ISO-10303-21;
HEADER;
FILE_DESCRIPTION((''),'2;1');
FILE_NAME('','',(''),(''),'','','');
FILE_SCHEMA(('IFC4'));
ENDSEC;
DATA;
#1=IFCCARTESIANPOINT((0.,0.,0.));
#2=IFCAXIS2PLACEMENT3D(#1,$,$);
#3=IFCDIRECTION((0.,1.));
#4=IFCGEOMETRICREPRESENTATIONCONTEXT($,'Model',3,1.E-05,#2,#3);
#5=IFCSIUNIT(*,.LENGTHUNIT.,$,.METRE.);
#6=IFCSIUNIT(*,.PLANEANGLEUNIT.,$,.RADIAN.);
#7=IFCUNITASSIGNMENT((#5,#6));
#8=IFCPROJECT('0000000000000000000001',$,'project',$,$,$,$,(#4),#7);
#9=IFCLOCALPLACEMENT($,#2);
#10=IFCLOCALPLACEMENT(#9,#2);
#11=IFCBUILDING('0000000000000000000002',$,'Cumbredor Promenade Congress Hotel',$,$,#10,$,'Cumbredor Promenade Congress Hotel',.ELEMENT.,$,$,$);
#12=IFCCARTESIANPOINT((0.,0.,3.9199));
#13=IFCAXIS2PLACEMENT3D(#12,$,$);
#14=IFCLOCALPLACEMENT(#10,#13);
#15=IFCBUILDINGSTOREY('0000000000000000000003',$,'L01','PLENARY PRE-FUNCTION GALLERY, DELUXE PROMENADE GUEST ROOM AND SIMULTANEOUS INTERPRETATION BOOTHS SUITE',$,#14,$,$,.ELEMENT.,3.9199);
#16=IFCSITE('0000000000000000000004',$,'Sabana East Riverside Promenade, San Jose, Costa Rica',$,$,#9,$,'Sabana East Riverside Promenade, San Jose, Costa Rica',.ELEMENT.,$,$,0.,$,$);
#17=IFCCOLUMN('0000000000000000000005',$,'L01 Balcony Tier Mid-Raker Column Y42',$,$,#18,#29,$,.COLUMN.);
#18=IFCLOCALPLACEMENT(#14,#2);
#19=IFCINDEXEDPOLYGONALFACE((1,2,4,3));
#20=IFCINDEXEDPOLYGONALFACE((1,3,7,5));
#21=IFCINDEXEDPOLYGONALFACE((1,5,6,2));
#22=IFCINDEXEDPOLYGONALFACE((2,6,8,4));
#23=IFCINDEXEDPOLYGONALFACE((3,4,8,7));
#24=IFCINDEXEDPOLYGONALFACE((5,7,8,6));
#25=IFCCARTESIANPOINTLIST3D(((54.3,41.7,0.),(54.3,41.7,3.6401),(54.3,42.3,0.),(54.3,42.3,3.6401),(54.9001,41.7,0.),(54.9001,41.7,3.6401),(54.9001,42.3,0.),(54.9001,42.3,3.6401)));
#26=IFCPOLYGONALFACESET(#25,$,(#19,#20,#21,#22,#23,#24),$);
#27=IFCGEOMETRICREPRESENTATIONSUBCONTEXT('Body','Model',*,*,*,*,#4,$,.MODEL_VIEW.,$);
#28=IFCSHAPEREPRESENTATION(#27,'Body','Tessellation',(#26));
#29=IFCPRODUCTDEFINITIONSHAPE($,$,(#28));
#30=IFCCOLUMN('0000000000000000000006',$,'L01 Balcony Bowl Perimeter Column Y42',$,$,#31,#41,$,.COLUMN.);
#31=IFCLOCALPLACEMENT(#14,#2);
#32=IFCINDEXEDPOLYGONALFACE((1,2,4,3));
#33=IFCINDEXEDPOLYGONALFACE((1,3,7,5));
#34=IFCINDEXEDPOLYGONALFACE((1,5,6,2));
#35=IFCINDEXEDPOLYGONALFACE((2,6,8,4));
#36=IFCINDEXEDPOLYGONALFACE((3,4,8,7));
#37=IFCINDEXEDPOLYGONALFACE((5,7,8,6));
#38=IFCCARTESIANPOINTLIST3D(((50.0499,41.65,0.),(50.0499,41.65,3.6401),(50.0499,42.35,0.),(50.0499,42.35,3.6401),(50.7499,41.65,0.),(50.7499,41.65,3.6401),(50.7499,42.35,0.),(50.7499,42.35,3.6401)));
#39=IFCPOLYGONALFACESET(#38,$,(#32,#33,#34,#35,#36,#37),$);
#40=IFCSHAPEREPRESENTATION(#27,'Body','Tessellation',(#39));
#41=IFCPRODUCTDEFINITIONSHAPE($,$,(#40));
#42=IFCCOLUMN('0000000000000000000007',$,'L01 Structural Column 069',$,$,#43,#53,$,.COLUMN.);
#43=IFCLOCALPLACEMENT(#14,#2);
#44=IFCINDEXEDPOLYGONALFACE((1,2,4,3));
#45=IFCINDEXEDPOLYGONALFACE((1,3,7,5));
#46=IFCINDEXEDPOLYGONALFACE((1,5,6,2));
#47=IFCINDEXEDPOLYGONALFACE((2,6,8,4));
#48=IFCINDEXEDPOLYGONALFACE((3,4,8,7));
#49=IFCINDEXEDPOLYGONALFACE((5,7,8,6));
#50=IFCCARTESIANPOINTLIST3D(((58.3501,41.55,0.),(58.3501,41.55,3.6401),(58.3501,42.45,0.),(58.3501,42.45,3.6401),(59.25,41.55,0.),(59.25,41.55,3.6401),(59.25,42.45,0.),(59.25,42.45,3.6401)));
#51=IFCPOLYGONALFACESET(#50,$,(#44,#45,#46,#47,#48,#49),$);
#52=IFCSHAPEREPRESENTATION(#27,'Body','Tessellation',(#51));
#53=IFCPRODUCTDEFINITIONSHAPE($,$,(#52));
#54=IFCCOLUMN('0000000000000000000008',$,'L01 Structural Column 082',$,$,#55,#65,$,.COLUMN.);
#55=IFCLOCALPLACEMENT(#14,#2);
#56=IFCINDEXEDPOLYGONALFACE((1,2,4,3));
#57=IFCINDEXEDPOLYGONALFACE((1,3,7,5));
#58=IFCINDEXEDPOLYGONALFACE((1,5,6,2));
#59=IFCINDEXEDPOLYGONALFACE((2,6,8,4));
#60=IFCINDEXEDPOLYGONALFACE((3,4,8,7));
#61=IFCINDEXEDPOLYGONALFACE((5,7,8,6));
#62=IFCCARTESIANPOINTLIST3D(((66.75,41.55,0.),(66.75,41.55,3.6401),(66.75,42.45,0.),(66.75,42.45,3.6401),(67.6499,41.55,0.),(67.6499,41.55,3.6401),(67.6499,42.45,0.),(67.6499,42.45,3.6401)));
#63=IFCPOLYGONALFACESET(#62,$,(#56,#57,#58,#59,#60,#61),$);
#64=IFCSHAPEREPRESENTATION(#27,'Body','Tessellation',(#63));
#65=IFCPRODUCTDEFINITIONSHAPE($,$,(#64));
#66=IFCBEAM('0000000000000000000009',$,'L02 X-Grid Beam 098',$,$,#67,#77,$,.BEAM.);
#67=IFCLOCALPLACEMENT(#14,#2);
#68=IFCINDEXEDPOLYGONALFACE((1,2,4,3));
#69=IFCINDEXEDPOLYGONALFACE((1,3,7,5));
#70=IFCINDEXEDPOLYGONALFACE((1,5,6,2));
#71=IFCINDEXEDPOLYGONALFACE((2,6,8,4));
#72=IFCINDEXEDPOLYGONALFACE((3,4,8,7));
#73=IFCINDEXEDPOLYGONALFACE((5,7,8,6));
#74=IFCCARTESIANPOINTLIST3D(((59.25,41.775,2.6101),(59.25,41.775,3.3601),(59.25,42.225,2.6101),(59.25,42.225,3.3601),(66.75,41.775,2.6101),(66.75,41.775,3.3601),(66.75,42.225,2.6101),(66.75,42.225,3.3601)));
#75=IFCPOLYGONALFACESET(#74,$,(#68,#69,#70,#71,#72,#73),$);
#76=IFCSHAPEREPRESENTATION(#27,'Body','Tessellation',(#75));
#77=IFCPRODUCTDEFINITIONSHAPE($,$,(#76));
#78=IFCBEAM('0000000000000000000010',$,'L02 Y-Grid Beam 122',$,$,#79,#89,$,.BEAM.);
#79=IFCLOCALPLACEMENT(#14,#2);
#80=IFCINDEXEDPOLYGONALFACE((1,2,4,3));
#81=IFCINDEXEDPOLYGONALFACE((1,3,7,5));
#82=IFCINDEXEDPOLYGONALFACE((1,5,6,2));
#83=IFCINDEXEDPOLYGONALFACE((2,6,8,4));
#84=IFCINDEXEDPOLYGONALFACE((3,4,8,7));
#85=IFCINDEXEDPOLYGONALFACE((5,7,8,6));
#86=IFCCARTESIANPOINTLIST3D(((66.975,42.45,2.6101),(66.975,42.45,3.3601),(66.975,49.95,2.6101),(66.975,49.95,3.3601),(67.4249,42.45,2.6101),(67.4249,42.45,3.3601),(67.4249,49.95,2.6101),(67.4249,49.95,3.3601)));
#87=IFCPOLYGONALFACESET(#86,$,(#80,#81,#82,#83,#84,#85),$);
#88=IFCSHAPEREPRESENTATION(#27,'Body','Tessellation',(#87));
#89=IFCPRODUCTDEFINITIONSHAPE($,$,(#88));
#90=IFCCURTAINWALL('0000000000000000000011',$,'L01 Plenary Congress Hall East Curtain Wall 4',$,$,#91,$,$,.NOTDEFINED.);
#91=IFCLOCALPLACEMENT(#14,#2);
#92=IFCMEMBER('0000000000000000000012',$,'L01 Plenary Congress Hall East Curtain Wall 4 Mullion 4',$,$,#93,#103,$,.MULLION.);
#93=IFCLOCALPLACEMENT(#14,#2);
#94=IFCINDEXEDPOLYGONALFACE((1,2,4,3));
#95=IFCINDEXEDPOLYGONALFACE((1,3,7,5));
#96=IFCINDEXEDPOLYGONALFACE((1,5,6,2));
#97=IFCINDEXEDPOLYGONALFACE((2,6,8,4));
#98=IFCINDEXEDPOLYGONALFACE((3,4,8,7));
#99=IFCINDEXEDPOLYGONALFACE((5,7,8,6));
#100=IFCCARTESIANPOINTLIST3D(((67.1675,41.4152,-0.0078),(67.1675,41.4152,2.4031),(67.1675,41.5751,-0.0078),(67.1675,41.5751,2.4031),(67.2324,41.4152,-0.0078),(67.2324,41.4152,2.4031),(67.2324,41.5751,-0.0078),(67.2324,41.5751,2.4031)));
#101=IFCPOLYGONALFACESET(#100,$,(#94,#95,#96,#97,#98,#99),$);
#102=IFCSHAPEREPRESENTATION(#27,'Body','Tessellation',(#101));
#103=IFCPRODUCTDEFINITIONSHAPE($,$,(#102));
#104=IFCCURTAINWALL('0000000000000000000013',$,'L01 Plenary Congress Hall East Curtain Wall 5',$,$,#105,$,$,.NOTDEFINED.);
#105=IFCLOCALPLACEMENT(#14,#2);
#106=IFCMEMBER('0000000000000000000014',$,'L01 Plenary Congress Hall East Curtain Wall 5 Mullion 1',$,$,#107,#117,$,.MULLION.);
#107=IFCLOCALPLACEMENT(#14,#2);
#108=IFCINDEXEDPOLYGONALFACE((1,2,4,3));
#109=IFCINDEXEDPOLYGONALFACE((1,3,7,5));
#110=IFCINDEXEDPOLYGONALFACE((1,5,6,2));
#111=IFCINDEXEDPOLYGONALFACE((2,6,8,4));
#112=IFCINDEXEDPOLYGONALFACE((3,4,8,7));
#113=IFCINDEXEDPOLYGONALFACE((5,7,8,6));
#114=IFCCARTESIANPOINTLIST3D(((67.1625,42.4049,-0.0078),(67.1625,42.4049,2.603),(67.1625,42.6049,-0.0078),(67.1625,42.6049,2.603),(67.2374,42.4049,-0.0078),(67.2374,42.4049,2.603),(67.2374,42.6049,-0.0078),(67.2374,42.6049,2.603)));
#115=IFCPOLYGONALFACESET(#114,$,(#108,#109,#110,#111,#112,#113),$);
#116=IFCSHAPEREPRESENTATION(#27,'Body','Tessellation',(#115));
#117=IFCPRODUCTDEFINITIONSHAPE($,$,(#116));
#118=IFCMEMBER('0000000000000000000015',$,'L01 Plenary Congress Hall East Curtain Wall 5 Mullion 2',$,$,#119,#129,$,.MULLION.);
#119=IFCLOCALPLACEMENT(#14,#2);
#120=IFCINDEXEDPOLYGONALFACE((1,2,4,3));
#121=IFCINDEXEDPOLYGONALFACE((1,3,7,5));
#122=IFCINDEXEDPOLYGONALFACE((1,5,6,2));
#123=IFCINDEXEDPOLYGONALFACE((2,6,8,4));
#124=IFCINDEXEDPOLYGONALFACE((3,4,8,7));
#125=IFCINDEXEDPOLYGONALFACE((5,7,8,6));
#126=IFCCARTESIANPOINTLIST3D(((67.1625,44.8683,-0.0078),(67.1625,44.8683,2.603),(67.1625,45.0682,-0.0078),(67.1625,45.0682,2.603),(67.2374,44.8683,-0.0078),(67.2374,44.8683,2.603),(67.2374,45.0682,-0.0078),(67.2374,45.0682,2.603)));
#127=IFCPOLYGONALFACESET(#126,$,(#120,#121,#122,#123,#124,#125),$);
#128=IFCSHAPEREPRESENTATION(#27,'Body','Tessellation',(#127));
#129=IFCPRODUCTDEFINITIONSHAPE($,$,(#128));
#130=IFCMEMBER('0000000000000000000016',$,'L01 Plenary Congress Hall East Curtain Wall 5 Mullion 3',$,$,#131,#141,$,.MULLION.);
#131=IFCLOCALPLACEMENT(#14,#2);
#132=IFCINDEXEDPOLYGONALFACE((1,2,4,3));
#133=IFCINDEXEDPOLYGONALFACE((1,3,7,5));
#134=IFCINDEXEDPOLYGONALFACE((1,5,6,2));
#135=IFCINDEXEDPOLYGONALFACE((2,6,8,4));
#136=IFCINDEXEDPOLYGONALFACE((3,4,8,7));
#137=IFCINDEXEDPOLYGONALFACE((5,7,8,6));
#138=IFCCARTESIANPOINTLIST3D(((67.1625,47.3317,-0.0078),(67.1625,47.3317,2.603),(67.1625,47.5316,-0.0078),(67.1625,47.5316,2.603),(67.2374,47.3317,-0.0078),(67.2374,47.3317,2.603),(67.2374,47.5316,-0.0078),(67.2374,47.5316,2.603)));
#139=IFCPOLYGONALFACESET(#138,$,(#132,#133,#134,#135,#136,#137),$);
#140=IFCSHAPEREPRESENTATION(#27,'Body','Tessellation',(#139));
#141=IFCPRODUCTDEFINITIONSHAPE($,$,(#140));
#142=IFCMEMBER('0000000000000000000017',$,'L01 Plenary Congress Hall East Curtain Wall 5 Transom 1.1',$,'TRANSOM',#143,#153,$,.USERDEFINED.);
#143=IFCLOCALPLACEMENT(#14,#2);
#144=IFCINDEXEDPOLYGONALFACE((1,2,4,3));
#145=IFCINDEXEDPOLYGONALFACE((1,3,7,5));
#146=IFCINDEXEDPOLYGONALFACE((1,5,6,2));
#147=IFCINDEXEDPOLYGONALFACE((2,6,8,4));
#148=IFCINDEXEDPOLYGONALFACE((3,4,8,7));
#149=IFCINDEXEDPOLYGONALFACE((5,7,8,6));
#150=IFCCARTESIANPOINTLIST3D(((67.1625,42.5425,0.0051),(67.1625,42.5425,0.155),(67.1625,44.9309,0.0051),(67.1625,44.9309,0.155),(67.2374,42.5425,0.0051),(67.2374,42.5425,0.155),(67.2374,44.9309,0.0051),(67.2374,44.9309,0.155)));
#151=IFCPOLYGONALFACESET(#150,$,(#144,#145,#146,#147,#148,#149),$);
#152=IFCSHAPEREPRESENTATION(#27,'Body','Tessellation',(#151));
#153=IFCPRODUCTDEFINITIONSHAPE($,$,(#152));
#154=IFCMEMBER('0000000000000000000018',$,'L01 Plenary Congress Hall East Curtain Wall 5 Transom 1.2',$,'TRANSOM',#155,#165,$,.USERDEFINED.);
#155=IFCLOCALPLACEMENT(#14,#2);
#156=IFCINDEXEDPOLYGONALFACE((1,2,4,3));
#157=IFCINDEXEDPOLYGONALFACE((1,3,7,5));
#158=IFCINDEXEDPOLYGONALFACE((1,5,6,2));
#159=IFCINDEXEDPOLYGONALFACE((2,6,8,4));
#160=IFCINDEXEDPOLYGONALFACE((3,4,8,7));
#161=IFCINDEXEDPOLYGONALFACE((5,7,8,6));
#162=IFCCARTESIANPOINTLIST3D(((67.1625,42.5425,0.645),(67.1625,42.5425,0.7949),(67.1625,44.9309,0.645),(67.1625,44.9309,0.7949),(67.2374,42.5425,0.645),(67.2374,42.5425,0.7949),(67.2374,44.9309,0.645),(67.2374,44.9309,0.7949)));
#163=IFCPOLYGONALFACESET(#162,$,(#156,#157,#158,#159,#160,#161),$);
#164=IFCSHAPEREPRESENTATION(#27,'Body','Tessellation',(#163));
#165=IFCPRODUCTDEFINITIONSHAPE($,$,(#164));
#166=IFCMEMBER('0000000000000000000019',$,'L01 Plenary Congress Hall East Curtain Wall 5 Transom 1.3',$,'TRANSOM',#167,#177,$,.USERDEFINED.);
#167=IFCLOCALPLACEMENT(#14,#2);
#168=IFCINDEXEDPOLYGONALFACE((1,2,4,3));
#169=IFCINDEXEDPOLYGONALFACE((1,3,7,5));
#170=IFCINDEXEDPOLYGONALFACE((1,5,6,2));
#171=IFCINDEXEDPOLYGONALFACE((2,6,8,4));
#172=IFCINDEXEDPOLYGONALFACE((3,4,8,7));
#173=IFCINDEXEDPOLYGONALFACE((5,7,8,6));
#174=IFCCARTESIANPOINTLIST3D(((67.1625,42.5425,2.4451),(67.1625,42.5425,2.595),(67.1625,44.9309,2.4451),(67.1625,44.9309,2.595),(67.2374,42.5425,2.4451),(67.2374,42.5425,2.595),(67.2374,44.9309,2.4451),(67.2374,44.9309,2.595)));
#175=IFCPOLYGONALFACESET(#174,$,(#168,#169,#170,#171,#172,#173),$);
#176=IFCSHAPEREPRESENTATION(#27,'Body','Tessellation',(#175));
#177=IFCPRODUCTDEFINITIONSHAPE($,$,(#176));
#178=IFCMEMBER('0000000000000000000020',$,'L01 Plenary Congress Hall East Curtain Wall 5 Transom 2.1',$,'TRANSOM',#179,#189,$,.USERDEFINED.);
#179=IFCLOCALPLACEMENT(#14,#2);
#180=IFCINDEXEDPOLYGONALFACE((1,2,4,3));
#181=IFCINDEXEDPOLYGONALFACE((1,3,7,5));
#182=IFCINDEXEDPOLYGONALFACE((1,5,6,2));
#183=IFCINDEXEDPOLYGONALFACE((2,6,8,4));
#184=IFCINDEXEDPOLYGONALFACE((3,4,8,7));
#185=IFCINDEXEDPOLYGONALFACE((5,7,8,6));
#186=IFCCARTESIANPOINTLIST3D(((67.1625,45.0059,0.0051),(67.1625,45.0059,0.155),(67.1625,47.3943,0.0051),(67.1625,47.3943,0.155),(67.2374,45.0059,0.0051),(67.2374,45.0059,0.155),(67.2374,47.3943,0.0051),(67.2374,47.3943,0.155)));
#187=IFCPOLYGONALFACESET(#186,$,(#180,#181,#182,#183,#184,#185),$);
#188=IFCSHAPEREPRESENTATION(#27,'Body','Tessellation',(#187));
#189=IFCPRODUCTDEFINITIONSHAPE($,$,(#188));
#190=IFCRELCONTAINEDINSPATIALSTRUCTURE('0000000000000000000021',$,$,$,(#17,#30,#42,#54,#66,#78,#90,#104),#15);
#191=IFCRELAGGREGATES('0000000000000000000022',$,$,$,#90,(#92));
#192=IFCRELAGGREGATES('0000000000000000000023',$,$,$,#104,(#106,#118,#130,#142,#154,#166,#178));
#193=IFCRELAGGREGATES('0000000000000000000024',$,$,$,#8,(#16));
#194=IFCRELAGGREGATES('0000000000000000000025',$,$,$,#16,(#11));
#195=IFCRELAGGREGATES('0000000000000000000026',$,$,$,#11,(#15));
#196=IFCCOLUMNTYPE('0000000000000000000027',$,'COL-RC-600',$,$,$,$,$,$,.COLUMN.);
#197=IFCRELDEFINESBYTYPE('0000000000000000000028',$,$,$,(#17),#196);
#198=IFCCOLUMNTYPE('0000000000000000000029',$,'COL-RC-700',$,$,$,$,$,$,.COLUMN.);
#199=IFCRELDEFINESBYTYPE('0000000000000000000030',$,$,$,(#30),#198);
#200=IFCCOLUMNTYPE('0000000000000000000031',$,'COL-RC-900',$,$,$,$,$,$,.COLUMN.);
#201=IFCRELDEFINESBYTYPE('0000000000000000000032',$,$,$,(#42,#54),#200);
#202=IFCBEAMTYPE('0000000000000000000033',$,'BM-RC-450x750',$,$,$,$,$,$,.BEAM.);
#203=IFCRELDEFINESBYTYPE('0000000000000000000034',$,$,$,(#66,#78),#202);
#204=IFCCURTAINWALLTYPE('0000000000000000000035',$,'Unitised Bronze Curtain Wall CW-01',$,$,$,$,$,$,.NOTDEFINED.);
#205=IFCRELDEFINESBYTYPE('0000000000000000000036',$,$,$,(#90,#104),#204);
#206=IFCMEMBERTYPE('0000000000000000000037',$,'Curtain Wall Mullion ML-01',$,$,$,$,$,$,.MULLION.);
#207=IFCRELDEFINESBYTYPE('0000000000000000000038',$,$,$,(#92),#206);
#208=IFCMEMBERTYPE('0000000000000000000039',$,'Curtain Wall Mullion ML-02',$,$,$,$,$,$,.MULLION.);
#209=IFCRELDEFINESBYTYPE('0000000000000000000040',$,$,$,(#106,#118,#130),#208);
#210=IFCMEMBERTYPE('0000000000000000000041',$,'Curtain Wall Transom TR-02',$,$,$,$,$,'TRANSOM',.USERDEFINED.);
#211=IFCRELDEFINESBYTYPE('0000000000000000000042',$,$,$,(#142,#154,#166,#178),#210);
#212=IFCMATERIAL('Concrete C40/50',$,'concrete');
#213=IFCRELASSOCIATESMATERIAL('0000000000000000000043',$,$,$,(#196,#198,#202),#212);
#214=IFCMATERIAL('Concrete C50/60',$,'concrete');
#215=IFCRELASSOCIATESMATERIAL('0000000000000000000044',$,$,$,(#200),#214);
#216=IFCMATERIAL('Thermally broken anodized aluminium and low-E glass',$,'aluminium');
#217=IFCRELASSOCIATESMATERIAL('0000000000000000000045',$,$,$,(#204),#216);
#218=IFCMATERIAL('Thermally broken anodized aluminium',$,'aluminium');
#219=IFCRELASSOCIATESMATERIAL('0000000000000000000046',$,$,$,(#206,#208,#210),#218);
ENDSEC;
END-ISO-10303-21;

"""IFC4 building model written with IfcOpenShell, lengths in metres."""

from ifc_helpers import new_model, si_unit, direction, frame, origin, origin_2d, place, context, subcontext, project, spatial, rectangle, extrude, material, material_profile, profile_set, type_object, element, aggregate, save


model = new_model("IFC4")

# Units and contexts
model_context = context("Model", 3, precision=1e-05, world=origin(), true_north=direction((0.0, 1.0)))
body_context = subcontext(model_context, "Body", "Model", "MODEL_VIEW")
ifc_project = project(units=[si_unit("LENGTHUNIT", "METRE"), si_unit("PLANEANGLEUNIT", "RADIAN")], contexts=[model_context])

# Site, building, storey
site_placement = place(None, origin())
site = spatial("IfcSite", under=ifc_project, at=site_placement, Name="Sabana East Riverside Promenade, San Jose, Costa Rica", LongName="Sabana East Riverside Promenade, San Jose, Costa Rica", CompositionType="ELEMENT", RefElevation=0.0)
building_placement = place(site_placement, origin())
building = spatial("IfcBuilding", under=site, at=building_placement, Name="Cumbredor Promenade Congress Hotel", LongName="Cumbredor Promenade Congress Hotel", CompositionType="ELEMENT")
storey_placement = place(building_placement, frame((0.0, 0.0, 3.9199)))
storey = spatial("IfcBuildingStorey", under=building, at=storey_placement, Name="L01", Description="PLENARY PRE-FUNCTION GALLERY, DELUXE PROMENADE GUEST ROOM AND SIMULTANEOUS INTERPRETATION BOOTHS SUITE", CompositionType="ELEMENT", Elevation=3.9199)

# Columns
ifc_material_1 = material(Name="Concrete C40/50", Category="concrete")
ifc_material_profile_1 = material_profile(ifc_material_1, rectangle(XDim=0.6001, YDim=0.6001, at=origin_2d()), Name="RC 600x600")
ifc_profile_set_1 = profile_set([ifc_material_profile_1], Name="Concrete C40/50")
column_type_1 = type_object("IfcColumnType", Name="COL-RC-600", PredefinedType="COLUMN", material=ifc_profile_set_1)
column_1_placement = place(storey_placement, frame((54.6001, 42.0, 0.0), z_axis=(0.0, 0.0, 1.0), x_axis=(1.0, 0.0, 0.0)))
element("IfcColumn", 1, at=column_1_placement, inside=storey, type_object=column_type_1, Name="L01 Balcony Tier Mid-Raker Column Y42", PredefinedType="COLUMN", context=body_context, shape_type="SweptSolid", body=[
    extrude(rectangle(XDim=0.6001, YDim=0.6001, at=origin_2d()), origin(), (0.0, 0.0, 1.0), 3.6401),
])
ifc_material_profile_2 = material_profile(ifc_material_1, rectangle(XDim=0.7, YDim=0.7, at=origin_2d()), Name="RC 700x700")
ifc_profile_set_2 = profile_set([ifc_material_profile_2], Name="Concrete C40/50")
column_type_2 = type_object("IfcColumnType", Name="COL-RC-700", PredefinedType="COLUMN", material=ifc_profile_set_2)
column_2_placement = place(storey_placement, frame((50.3999, 42.0, 0.0), z_axis=(0.0, 0.0, 1.0), x_axis=(1.0, 0.0, 0.0)))
element("IfcColumn", 2, at=column_2_placement, inside=storey, type_object=column_type_2, Name="L01 Balcony Bowl Perimeter Column Y42", PredefinedType="COLUMN", context=body_context, shape_type="SweptSolid", body=[
    extrude(rectangle(XDim=0.7, YDim=0.7, at=origin_2d()), origin(), (0.0, 0.0, 1.0), 3.6401),
])
ifc_material_2 = material(Name="Concrete C50/60", Category="concrete")
ifc_material_profile_3 = material_profile(ifc_material_2, rectangle(XDim=0.8999, YDim=0.8999, at=origin_2d()), Name="RC 900x900")
ifc_profile_set_3 = profile_set([ifc_material_profile_3], Name="Concrete C50/60")
column_type_3 = type_object("IfcColumnType", Name="COL-RC-900", PredefinedType="COLUMN", material=ifc_profile_set_3)
for number, where, z_axis, x_axis, name in (
    (3, (58.8, 42.0, 0.0), (0.0, 0.0, 1.0), (1.0, 0.0, 0.0), "L01 Structural Column 069"),
    (4, (67.2, 42.0, 0.0), (0.0, 0.0, 1.0), (1.0, 0.0, 0.0), "L01 Structural Column 082"),
):
    element("IfcColumn", number, at=place(storey_placement, frame(where, z_axis=z_axis, x_axis=x_axis)), inside=storey, type_object=column_type_3, Name=name, PredefinedType="COLUMN", context=body_context, shape_type="SweptSolid", body=[
        extrude(rectangle(XDim=0.8999, YDim=0.8999, at=origin_2d()), origin(), (0.0, 0.0, 1.0), 3.6401),
    ])

# Beams
ifc_material_profile_4 = material_profile(ifc_material_1, rectangle(XDim=0.45, YDim=0.75, at=origin_2d()), Name="RC BEAM 450x750")
ifc_profile_set_4 = profile_set([ifc_material_profile_4], Name="Concrete C40/50")
beam_type_1 = type_object("IfcBeamType", Name="BM-RC-450x750", PredefinedType="BEAM", material=ifc_profile_set_4)
for number, where, z_axis, x_axis, name in (
    (5, (59.25, 42.0, 2.9851), (1.0, 0.0, 0.0), (0.0, 1.0, 0.0), "L02 X-Grid Beam 098"),
    (6, (67.2, 42.45, 2.9851), (0.0, 1.0, 0.0), (-1.0, 0.0, 0.0), "L02 Y-Grid Beam 122"),
):
    element("IfcBeam", number, at=place(storey_placement, frame(where, z_axis=z_axis, x_axis=x_axis)), inside=storey, type_object=beam_type_1, Name=name, PredefinedType="BEAM", context=body_context, shape_type="SweptSolid", body=[
        extrude(rectangle(XDim=0.45, YDim=0.75, at=origin_2d()), origin(), (0.0, 0.0, 1.0), 7.5),
    ])

# Curtain wall, member
ifc_material_3 = material(Name="Thermally broken anodized aluminium and low-E glass", Category="aluminium")
curtain_wall_type = type_object("IfcCurtainWallType", Name="Unitised Bronze Curtain Wall CW-01", PredefinedType="NOTDEFINED", material=ifc_material_3)
curtain_wall_1_placement = place(storey_placement, origin())
curtain_wall_1 = element("IfcCurtainWall", 7, at=curtain_wall_1_placement, inside=storey, type_object=curtain_wall_type, Name="L01 Plenary Congress Hall East Curtain Wall 4", PredefinedType="NOTDEFINED")
ifc_material_4 = material(Name="Thermally broken anodized aluminium", Category="aluminium")
ifc_material_profile_5 = material_profile(ifc_material_4, rectangle(XDim=0.0649, YDim=0.1599, at=origin_2d()), Name="ALU MULLION 65x160")
ifc_profile_set_5 = profile_set([ifc_material_profile_5], Name="Thermally broken anodized aluminium")
member_type_1 = type_object("IfcMemberType", Name="Curtain Wall Mullion ML-01", PredefinedType="MULLION", material=ifc_profile_set_5)
member_1_placement = place(storey_placement, frame((67.2, 41.4951, -0.0078), z_axis=(0.0, 0.0, 1.0), x_axis=(1.0, 0.0, 0.0)))
member_1 = element("IfcMember", 8, at=member_1_placement, type_object=member_type_1, Name="L01 Plenary Congress Hall East Curtain Wall 4 Mullion 4", PredefinedType="MULLION", context=body_context, shape_type="SweptSolid", body=[
    extrude(rectangle(XDim=0.0649, YDim=0.1599, at=origin_2d()), origin(), (0.0, 0.0, 1.0), 2.4109),
])
aggregate(curtain_wall_1, [member_1])

# Curtain wall, members
curtain_wall_2_placement = place(storey_placement, origin())
curtain_wall_2 = element("IfcCurtainWall", 9, at=curtain_wall_2_placement, inside=storey, type_object=curtain_wall_type, Name="L01 Plenary Congress Hall East Curtain Wall 5", PredefinedType="NOTDEFINED")
ifc_material_profile_6 = material_profile(ifc_material_4, rectangle(XDim=0.075, YDim=0.2, at=origin_2d()), Name="ALU MULLION 75x200")
ifc_profile_set_6 = profile_set([ifc_material_profile_6], Name="Thermally broken anodized aluminium")
member_type_2 = type_object("IfcMemberType", Name="Curtain Wall Mullion ML-02", PredefinedType="MULLION", material=ifc_profile_set_6)
member_2_placement = place(storey_placement, frame((67.2, 42.5049, -0.0078), z_axis=(0.0, 0.0, 1.0), x_axis=(1.0, 0.0, 0.0)))
member_2 = element("IfcMember", 10, at=member_2_placement, type_object=member_type_2, Name="L01 Plenary Congress Hall East Curtain Wall 5 Mullion 1", PredefinedType="MULLION", context=body_context, shape_type="SweptSolid", body=[
    extrude(rectangle(XDim=0.075, YDim=0.2, at=origin_2d()), origin(), (0.0, 0.0, 1.0), 2.6108),
])
member_3_placement = place(storey_placement, frame((67.2, 44.9683, -0.0078), z_axis=(0.0, 0.0, 1.0), x_axis=(1.0, 0.0, 0.0)))
member_3 = element("IfcMember", 11, at=member_3_placement, type_object=member_type_2, Name="L01 Plenary Congress Hall East Curtain Wall 5 Mullion 2", PredefinedType="MULLION", context=body_context, shape_type="SweptSolid", body=[
    extrude(rectangle(XDim=0.075, YDim=0.2, at=origin_2d()), origin(), (0.0, 0.0, 1.0), 2.6108),
])
member_4_placement = place(storey_placement, frame((67.2, 47.4316, -0.0078), z_axis=(0.0, 0.0, 1.0), x_axis=(1.0, 0.0, 0.0)))
member_4 = element("IfcMember", 12, at=member_4_placement, type_object=member_type_2, Name="L01 Plenary Congress Hall East Curtain Wall 5 Mullion 3", PredefinedType="MULLION", context=body_context, shape_type="SweptSolid", body=[
    extrude(rectangle(XDim=0.075, YDim=0.2, at=origin_2d()), origin(), (0.0, 0.0, 1.0), 2.6108),
])
ifc_material_profile_7 = material_profile(ifc_material_4, rectangle(XDim=0.075, YDim=0.1499, at=origin_2d()), Name="ALU TRANSOM 75x150")
ifc_profile_set_7 = profile_set([ifc_material_profile_7], Name="Thermally broken anodized aluminium")
member_type_3 = type_object("IfcMemberType", Name="Curtain Wall Transom TR-02", ElementType="TRANSOM", PredefinedType="USERDEFINED", material=ifc_profile_set_7)
member_5_placement = place(storey_placement, frame((67.2, 42.5425, 0.0801), z_axis=(0.0, 1.0, 0.0), x_axis=(-1.0, 0.0, 0.0)))
member_5 = element("IfcMember", 13, at=member_5_placement, type_object=member_type_3, Name="L01 Plenary Congress Hall East Curtain Wall 5 Transom 1.1", ObjectType="TRANSOM", PredefinedType="USERDEFINED", context=body_context, shape_type="SweptSolid", body=[
    extrude(rectangle(XDim=0.075, YDim=0.1499, at=origin_2d()), origin(), (0.0, 0.0, 1.0), 2.3884),
])
member_6_placement = place(storey_placement, frame((67.2, 42.5425, 0.72), z_axis=(0.0, 1.0, 0.0), x_axis=(-1.0, 0.0, 0.0)))
member_6 = element("IfcMember", 14, at=member_6_placement, type_object=member_type_3, Name="L01 Plenary Congress Hall East Curtain Wall 5 Transom 1.2", ObjectType="TRANSOM", PredefinedType="USERDEFINED", context=body_context, shape_type="SweptSolid", body=[
    extrude(rectangle(XDim=0.075, YDim=0.1499, at=origin_2d()), origin(), (0.0, 0.0, 1.0), 2.3884),
])
member_7_placement = place(storey_placement, frame((67.2, 42.5425, 2.52), z_axis=(0.0, 1.0, 0.0), x_axis=(-1.0, 0.0, 0.0)))
member_7 = element("IfcMember", 15, at=member_7_placement, type_object=member_type_3, Name="L01 Plenary Congress Hall East Curtain Wall 5 Transom 1.3", ObjectType="TRANSOM", PredefinedType="USERDEFINED", context=body_context, shape_type="SweptSolid", body=[
    extrude(rectangle(XDim=0.075, YDim=0.1499, at=origin_2d()), origin(), (0.0, 0.0, 1.0), 2.3884),
])
member_8_placement = place(storey_placement, frame((67.2, 45.0059, 0.0801), z_axis=(0.0, 1.0, 0.0), x_axis=(-1.0, 0.0, 0.0)))
member_8 = element("IfcMember", 16, at=member_8_placement, type_object=member_type_3, Name="L01 Plenary Congress Hall East Curtain Wall 5 Transom 2.1", ObjectType="TRANSOM", PredefinedType="USERDEFINED", context=body_context, shape_type="SweptSolid", body=[
    extrude(rectangle(XDim=0.075, YDim=0.1499, at=origin_2d()), origin(), (0.0, 0.0, 1.0), 2.3884),
])

aggregate(curtain_wall_2, [member_2, member_3, member_4, member_5, member_6, member_7, member_8])

save(model, "model.ifc")
